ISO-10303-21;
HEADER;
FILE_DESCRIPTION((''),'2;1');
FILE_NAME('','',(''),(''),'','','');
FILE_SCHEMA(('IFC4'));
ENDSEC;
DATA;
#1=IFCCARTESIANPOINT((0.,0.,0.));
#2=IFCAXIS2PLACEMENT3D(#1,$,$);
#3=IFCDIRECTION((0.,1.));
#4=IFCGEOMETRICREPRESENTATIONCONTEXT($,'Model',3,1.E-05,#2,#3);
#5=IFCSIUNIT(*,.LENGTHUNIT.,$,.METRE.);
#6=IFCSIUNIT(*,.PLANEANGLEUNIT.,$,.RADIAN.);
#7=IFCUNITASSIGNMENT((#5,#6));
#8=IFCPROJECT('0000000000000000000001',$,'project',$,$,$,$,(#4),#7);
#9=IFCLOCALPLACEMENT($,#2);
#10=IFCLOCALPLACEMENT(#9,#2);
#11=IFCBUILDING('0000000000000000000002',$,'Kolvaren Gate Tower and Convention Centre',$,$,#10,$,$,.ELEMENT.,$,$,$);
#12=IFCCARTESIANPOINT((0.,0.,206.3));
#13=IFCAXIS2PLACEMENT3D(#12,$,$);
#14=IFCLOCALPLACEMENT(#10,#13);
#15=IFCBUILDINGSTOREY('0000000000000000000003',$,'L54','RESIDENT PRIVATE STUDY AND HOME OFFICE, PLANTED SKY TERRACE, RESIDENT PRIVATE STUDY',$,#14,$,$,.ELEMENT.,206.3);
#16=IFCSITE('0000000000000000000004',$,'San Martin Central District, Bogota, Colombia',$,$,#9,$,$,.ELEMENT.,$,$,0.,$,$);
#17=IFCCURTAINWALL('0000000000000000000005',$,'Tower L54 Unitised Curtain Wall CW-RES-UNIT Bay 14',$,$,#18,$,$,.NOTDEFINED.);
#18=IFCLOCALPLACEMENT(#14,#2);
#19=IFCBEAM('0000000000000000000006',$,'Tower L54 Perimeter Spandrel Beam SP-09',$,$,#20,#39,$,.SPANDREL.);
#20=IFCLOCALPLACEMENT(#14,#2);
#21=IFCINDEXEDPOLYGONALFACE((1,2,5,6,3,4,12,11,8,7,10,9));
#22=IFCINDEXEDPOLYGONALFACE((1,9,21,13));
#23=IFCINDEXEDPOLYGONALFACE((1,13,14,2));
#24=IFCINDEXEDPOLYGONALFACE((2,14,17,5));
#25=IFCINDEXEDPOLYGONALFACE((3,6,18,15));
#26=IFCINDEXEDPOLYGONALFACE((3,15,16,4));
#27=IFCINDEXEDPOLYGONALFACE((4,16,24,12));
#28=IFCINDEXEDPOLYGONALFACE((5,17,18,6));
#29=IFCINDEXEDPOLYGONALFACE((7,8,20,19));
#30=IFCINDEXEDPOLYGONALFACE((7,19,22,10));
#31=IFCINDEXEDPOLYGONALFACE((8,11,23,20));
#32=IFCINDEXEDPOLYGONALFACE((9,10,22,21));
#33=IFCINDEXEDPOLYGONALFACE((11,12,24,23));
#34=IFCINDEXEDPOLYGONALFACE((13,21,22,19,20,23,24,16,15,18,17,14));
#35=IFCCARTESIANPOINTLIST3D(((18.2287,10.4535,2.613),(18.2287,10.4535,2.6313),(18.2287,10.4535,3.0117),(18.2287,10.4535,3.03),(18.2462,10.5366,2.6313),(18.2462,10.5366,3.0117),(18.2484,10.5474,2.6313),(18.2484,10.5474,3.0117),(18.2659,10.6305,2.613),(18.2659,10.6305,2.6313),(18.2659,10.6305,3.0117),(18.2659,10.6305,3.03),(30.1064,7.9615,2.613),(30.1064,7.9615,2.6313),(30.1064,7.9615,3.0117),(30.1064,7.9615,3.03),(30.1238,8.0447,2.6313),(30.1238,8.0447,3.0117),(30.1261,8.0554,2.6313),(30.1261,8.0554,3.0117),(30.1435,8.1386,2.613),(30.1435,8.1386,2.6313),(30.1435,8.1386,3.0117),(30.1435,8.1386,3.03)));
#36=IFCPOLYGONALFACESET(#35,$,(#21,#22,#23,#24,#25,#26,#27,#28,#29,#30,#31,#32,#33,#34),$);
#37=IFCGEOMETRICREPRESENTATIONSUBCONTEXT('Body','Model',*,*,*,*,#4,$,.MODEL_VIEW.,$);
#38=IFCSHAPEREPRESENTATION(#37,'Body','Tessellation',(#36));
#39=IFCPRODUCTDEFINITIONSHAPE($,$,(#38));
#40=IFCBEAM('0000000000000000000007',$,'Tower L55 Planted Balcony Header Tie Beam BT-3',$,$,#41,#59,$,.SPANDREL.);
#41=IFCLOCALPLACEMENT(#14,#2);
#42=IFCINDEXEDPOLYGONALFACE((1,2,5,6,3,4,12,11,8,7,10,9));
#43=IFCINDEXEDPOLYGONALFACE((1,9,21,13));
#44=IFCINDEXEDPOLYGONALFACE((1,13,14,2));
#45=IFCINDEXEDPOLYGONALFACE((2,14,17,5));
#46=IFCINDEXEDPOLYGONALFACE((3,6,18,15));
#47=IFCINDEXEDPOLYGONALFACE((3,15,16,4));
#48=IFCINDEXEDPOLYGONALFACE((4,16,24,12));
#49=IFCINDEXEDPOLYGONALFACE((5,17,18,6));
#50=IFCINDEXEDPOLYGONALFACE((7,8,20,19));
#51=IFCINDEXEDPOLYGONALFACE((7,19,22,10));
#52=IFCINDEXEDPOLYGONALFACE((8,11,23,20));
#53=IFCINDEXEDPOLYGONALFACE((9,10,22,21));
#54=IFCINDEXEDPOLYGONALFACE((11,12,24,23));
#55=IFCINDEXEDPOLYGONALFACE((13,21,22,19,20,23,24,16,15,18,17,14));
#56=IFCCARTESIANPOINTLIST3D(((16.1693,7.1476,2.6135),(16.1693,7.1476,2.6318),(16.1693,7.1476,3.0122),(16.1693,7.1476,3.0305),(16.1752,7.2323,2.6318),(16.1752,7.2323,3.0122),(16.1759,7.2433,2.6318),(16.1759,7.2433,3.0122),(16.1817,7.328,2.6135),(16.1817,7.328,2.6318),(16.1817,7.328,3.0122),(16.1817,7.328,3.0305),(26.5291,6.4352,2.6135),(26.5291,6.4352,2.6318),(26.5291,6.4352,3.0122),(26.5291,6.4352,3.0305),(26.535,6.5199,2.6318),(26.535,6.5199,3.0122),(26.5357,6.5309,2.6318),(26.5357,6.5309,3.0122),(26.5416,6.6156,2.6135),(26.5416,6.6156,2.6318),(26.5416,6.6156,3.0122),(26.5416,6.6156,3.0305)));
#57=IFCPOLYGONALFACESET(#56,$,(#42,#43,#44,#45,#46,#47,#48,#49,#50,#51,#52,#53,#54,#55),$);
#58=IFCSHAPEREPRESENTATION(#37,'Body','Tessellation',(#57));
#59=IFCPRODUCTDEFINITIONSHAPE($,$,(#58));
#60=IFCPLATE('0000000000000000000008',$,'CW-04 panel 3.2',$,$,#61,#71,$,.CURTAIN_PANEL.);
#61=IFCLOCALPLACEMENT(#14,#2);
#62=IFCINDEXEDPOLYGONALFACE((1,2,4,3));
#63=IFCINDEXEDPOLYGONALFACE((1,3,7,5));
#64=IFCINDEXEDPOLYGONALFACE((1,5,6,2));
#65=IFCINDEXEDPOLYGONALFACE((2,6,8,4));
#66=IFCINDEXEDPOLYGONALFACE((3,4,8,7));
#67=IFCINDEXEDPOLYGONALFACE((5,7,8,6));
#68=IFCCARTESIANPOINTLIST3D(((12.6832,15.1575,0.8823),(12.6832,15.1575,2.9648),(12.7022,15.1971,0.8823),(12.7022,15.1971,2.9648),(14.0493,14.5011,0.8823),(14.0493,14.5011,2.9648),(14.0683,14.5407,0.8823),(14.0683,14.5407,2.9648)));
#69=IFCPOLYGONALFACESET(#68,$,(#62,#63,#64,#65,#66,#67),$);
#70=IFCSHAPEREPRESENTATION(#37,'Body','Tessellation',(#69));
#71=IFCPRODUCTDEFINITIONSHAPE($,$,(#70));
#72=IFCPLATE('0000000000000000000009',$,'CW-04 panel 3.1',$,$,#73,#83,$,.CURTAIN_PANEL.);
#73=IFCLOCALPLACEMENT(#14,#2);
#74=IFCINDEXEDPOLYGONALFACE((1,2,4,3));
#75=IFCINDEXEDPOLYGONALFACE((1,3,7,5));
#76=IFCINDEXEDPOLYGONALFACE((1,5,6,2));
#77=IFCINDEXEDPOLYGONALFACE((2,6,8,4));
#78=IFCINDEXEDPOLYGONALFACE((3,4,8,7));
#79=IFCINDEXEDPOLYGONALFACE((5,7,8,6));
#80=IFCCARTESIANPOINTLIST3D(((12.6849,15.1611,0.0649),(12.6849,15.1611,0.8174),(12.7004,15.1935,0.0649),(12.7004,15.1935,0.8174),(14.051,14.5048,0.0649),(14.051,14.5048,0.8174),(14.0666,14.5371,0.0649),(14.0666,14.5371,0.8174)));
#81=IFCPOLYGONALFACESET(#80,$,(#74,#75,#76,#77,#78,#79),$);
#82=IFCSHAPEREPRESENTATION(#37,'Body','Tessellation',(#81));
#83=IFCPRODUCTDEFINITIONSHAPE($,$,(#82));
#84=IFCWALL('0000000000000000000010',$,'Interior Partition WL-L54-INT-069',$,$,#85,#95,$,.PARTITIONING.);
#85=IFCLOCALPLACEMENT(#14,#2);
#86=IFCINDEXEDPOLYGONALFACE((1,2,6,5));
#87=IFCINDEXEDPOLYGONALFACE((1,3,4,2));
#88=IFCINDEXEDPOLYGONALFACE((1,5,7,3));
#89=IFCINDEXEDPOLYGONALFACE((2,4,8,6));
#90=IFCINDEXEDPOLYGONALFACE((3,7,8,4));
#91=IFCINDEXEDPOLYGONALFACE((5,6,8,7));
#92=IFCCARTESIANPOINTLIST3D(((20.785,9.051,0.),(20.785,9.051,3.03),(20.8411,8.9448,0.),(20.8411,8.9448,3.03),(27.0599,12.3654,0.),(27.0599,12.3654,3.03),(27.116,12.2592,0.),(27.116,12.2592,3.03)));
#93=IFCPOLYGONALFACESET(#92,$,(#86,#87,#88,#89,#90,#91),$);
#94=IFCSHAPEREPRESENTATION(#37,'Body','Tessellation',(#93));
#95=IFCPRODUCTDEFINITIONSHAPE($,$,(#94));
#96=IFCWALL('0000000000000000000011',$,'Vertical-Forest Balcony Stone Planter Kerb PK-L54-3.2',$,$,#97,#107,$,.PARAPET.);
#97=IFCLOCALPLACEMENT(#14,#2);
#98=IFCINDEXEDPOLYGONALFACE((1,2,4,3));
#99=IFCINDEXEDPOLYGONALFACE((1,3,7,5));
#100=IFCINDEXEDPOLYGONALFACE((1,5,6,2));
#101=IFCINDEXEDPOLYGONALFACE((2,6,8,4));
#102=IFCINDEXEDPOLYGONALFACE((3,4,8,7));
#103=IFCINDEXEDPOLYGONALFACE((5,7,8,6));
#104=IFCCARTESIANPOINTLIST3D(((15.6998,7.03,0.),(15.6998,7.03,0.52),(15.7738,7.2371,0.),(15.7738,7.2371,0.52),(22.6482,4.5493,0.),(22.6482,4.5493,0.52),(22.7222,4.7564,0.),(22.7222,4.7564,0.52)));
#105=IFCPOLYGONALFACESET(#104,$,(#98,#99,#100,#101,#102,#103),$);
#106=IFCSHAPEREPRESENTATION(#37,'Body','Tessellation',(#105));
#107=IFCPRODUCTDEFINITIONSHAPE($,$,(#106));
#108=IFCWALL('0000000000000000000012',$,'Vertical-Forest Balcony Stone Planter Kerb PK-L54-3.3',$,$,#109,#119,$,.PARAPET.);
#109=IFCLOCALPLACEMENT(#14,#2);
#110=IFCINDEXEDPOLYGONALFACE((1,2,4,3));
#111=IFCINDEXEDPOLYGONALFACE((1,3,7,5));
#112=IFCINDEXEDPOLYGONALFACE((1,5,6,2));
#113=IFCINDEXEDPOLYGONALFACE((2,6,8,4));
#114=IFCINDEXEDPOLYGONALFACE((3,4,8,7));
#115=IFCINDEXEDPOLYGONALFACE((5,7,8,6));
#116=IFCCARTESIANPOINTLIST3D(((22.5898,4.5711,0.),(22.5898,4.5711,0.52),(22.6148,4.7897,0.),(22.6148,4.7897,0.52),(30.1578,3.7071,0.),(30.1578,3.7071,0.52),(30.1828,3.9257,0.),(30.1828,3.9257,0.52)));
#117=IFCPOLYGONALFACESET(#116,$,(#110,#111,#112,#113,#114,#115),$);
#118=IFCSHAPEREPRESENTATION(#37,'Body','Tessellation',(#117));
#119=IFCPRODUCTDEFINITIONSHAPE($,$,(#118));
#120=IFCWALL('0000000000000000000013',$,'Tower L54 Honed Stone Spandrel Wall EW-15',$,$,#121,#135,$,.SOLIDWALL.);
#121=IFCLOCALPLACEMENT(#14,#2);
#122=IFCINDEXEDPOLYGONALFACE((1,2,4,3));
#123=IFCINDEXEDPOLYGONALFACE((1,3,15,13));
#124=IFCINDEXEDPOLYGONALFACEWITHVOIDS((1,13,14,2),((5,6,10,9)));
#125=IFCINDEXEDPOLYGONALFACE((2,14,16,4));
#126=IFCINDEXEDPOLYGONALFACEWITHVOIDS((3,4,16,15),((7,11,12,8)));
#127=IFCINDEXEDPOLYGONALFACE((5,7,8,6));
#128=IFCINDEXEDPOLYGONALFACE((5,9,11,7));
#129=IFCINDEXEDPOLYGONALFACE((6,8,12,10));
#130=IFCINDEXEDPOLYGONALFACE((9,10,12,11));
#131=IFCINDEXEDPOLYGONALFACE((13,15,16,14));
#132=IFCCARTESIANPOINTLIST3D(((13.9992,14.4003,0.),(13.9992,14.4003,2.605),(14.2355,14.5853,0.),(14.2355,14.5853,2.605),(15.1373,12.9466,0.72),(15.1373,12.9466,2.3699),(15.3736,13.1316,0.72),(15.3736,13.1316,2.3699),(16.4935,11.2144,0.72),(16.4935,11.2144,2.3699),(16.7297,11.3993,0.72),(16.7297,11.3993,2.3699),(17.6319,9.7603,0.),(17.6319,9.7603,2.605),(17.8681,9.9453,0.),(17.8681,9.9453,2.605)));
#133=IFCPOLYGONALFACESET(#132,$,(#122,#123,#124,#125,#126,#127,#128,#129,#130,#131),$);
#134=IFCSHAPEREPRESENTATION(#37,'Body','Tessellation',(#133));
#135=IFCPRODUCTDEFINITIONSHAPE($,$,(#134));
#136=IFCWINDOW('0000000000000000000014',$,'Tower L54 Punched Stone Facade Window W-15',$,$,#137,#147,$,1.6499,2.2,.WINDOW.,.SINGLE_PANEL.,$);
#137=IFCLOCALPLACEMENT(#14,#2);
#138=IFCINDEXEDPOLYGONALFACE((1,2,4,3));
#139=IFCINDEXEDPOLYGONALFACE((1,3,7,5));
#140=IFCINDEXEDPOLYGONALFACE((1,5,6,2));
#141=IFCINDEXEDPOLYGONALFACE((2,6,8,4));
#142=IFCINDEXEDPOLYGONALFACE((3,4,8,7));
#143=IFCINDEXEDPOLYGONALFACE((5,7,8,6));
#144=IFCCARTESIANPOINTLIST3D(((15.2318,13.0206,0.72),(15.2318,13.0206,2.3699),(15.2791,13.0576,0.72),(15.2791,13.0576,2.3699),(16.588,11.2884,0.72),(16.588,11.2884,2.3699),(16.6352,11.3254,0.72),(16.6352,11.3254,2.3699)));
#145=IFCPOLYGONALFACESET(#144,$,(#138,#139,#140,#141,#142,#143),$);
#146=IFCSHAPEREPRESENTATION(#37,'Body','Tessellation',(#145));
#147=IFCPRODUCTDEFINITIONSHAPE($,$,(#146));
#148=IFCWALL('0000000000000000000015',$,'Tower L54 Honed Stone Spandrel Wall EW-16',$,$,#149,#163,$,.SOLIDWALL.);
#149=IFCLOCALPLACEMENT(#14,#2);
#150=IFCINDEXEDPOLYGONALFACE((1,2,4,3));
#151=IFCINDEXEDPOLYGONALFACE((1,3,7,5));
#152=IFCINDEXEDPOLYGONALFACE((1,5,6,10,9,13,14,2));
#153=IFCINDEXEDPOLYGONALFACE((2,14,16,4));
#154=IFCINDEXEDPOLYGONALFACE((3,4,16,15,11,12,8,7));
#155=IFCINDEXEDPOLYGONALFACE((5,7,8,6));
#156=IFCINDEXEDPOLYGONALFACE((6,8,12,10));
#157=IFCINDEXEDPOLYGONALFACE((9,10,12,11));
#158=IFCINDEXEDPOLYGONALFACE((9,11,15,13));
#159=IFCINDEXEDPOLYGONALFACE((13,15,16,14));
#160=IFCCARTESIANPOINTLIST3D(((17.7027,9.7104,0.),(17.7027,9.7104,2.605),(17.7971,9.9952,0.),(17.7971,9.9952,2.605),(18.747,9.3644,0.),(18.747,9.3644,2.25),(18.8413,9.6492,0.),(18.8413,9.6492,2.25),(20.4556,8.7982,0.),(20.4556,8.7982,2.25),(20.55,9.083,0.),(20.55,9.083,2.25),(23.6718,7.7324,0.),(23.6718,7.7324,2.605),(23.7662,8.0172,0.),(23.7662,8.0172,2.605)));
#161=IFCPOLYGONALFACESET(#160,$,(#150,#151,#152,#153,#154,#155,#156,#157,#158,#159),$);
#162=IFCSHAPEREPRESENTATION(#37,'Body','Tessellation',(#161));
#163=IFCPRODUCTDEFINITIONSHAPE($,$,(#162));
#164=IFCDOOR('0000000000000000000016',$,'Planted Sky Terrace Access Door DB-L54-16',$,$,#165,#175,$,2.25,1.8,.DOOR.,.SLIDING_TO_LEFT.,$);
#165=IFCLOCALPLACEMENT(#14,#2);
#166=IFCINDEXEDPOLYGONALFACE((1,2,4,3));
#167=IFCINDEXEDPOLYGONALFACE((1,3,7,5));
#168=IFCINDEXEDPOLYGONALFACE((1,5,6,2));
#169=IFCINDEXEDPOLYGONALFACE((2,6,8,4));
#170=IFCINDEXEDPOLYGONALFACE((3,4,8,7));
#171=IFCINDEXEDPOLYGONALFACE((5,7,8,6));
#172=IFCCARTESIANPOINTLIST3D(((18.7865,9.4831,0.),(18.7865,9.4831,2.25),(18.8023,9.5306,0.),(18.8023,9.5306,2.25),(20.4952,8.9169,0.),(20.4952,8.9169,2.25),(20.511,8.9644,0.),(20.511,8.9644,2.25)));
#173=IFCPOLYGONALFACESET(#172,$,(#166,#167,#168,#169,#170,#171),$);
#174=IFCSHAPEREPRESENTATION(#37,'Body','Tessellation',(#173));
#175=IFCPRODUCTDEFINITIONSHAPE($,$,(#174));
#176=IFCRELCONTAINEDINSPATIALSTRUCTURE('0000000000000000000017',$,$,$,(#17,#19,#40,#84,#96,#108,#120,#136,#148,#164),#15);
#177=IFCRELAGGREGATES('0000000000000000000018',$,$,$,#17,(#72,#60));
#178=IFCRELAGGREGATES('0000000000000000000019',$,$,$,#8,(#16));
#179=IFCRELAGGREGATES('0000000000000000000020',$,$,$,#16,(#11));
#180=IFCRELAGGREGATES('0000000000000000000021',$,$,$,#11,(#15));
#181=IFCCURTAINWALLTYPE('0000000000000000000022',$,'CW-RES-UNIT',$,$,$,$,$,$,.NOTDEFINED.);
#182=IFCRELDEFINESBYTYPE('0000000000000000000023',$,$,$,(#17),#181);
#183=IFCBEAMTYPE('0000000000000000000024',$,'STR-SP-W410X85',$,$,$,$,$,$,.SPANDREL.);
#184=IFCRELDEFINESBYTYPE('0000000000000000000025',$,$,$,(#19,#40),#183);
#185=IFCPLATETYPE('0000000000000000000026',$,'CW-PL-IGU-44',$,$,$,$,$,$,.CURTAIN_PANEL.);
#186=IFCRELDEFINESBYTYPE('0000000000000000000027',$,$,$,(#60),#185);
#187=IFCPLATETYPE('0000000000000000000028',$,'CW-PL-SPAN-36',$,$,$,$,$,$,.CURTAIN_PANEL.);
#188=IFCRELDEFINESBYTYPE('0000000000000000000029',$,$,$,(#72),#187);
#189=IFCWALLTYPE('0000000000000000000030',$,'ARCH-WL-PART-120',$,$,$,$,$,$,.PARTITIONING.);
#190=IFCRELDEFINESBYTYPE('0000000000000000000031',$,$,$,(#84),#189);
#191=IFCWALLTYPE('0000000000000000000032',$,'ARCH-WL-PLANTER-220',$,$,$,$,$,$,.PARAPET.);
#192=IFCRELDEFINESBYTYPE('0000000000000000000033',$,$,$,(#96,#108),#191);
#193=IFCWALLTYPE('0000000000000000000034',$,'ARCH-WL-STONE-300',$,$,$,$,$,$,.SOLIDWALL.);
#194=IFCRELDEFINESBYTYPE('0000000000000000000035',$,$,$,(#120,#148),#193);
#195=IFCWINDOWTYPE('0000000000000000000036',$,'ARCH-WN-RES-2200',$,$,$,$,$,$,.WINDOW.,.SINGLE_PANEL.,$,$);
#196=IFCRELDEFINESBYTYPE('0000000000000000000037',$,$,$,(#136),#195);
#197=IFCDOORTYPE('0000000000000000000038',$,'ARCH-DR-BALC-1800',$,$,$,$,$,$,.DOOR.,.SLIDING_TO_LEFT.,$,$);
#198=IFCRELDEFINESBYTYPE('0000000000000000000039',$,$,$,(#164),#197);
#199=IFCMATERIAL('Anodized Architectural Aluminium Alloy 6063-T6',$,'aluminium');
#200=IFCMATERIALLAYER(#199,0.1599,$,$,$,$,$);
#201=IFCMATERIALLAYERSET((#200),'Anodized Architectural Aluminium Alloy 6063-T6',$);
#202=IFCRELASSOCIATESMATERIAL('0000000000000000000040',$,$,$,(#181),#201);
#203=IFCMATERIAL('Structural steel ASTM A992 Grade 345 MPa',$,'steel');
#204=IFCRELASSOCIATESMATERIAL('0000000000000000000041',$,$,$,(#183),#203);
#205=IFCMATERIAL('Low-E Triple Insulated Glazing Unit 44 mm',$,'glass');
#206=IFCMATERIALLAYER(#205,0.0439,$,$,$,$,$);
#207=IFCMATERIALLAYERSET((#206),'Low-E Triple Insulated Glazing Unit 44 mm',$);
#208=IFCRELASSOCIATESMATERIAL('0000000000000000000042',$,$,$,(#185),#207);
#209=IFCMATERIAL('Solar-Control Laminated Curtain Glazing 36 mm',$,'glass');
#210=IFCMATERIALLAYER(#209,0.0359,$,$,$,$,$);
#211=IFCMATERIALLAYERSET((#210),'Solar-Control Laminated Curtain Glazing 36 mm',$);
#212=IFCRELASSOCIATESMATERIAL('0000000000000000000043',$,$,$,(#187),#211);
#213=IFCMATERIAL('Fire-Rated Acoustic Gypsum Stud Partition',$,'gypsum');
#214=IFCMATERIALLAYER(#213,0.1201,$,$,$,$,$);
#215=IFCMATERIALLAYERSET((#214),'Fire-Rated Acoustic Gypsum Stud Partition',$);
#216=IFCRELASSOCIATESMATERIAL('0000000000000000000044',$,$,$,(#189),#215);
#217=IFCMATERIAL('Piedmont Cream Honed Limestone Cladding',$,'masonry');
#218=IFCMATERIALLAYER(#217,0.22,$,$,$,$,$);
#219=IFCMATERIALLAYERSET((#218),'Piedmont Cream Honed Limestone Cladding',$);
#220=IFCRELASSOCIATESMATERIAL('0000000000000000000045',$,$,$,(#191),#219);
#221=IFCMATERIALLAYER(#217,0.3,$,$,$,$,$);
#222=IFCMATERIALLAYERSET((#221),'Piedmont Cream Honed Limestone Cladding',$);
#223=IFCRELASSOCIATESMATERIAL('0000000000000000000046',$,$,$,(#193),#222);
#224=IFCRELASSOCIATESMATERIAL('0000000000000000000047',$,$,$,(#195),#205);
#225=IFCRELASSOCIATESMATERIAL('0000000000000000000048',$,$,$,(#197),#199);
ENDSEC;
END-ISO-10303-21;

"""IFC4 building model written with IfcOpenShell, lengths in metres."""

from ifc_helpers import new_model, si_unit, direction, frame, frame_2d, origin, origin_2d, place, context, subcontext, project, spatial, rectangle, i_section, extrude, material, layer, layer_set, material_profile, profile_set, type_object, element, fill, aggregate, save


model = new_model("IFC4")

# Units and contexts
model_context = context("Model", 3, precision=1e-05, world=origin(), true_north=direction((0.0, 1.0)))
body_context = subcontext(model_context, "Body", "Model", "MODEL_VIEW")
ifc_project = project(units=[si_unit("LENGTHUNIT", "METRE"), si_unit("PLANEANGLEUNIT", "RADIAN")], contexts=[model_context])

# Site, building, storey
site_placement = place(None, origin())
site = spatial("IfcSite", under=ifc_project, at=site_placement, Name="San Martin Central District, Bogota, Colombia", CompositionType="ELEMENT", RefElevation=0.0)
building_placement = place(site_placement, origin())
building = spatial("IfcBuilding", under=site, at=building_placement, Name="Kolvaren Gate Tower and Convention Centre", CompositionType="ELEMENT")
storey_placement = place(building_placement, frame((0.0, 0.0, 206.3)))
storey = spatial("IfcBuildingStorey", under=building, at=storey_placement, Name="L54", Description="RESIDENT PRIVATE STUDY AND HOME OFFICE, PLANTED SKY TERRACE, RESIDENT PRIVATE STUDY", CompositionType="ELEMENT", Elevation=206.3)

# Curtain wall
ifc_material_1 = material(Name="Anodized Architectural Aluminium Alloy 6063-T6", Category="aluminium")
ifc_layer_1 = layer(ifc_material_1, 0.1599)
ifc_layer_set_1 = layer_set([ifc_layer_1], Name="Anodized Architectural Aluminium Alloy 6063-T6")
curtain_wall_type = type_object("IfcCurtainWallType", Name="CW-RES-UNIT", PredefinedType="NOTDEFINED", material=ifc_layer_set_1)
curtain_wall_placement = place(storey_placement, origin())
curtain_wall = element("IfcCurtainWall", 1, at=curtain_wall_placement, inside=storey, type_object=curtain_wall_type, Name="Tower L54 Unitised Curtain Wall CW-RES-UNIT Bay 14", PredefinedType="NOTDEFINED")

# Beams
ifc_material_2 = material(Name="Structural steel ASTM A992 Grade 345 MPa", Category="steel")
ifc_material_profile_1 = material_profile(ifc_material_2, i_section(OverallWidth=0.1809, OverallDepth=0.417, WebThickness=0.011, FlangeThickness=0.0183, at=origin_2d()), Name="W410X85")
ifc_profile_set_1 = profile_set([ifc_material_profile_1], Name="Structural steel ASTM A992 Grade 345 MPa")
beam_type_1 = type_object("IfcBeamType", Name="STR-SP-W410X85", PredefinedType="SPANDREL", material=ifc_profile_set_1)
beam_1_placement = place(storey_placement, frame((18.2473, 10.542, 2.8215), z_axis=(0.978693, -0.20533, 0.0), x_axis=(0.20533, 0.978693, 0.0)))
element("IfcBeam", 2, at=beam_1_placement, inside=storey, type_object=beam_type_1, Name="Tower L54 Perimeter Spandrel Beam SP-09", PredefinedType="SPANDREL", context=body_context, shape_type="SweptSolid", body=[
    extrude(i_section(OverallWidth=0.1809, OverallDepth=0.417, WebThickness=0.011, FlangeThickness=0.0183, at=origin_2d()), origin(), (0.0, 0.0, 1.0), 12.1362),
])
beam_2_placement = place(storey_placement, frame((16.1755, 7.2378, 2.822), z_axis=(0.997644, -0.068604, 0.0), x_axis=(0.068604, 0.997644, 0.0)))
element("IfcBeam", 3, at=beam_2_placement, inside=storey, type_object=beam_type_1, Name="Tower L55 Planted Balcony Header Tie Beam BT-3", PredefinedType="SPANDREL", context=body_context, shape_type="SweptSolid", body=[
    extrude(i_section(OverallWidth=0.1809, OverallDepth=0.417, WebThickness=0.011, FlangeThickness=0.0183, at=origin_2d()), origin(), (0.0, 0.0, 1.0), 10.3843),
])

# Plates
ifc_material_3 = material(Name="Low-E Triple Insulated Glazing Unit 44 mm", Category="glass")
ifc_layer_2 = layer(ifc_material_3, 0.0439)
ifc_layer_set_2 = layer_set([ifc_layer_2], Name="Low-E Triple Insulated Glazing Unit 44 mm")
plate_type_1 = type_object("IfcPlateType", Name="CW-PL-IGU-44", PredefinedType="CURTAIN_PANEL", material=ifc_layer_set_2)
plate_1_placement = place(storey_placement, frame((13.3757, 14.8491, 0.8823), z_axis=(0.0, 0.0, 1.0), x_axis=(0.901362, -0.433066, 0.0)))
plate_1 = element("IfcPlate", 4, at=plate_1_placement, type_object=plate_type_1, Name="CW-04 panel 3.2", PredefinedType="CURTAIN_PANEL", context=body_context, shape_type="SweptSolid", body=[
    extrude(rectangle(XDim=1.5156, YDim=0.0439, at=origin_2d()), origin(), (0.0, 0.0, 1.0), 2.0825),
])
ifc_material_4 = material(Name="Solar-Control Laminated Curtain Glazing 36 mm", Category="glass")
ifc_layer_3 = layer(ifc_material_4, 0.0359)
ifc_layer_set_3 = layer_set([ifc_layer_3], Name="Solar-Control Laminated Curtain Glazing 36 mm")
plate_type_2 = type_object("IfcPlateType", Name="CW-PL-SPAN-36", PredefinedType="CURTAIN_PANEL", material=ifc_layer_set_3)
plate_2_placement = place(storey_placement, frame((13.3757, 14.8491, 0.0649), z_axis=(0.0, 0.0, 1.0), x_axis=(0.901362, -0.433066, 0.0)))
plate_2 = element("IfcPlate", 5, at=plate_2_placement, type_object=plate_type_2, Name="CW-04 panel 3.1", PredefinedType="CURTAIN_PANEL", context=body_context, shape_type="SweptSolid", body=[
    extrude(rectangle(XDim=1.5156, YDim=0.0359, at=origin_2d()), origin(), (0.0, 0.0, 1.0), 0.7524),
])
aggregate(curtain_wall, [plate_2, plate_1])

# Walls
ifc_material_5 = material(Name="Fire-Rated Acoustic Gypsum Stud Partition", Category="gypsum")
ifc_layer_4 = layer(ifc_material_5, 0.1201)
ifc_layer_set_4 = layer_set([ifc_layer_4], Name="Fire-Rated Acoustic Gypsum Stud Partition")
wall_type_1 = type_object("IfcWallType", Name="ARCH-WL-PART-120", PredefinedType="PARTITIONING", material=ifc_layer_set_4)
wall_1_placement = place(storey_placement, frame((20.813, 8.9978, 0.0), z_axis=(0.0, 0.0, 1.0), x_axis=(0.884228, 0.467056, 0.0)))
element("IfcWall", 6, at=wall_1_placement, inside=storey, type_object=wall_type_1, Name="Interior Partition WL-L54-INT-069", PredefinedType="PARTITIONING", context=body_context, shape_type="SweptSolid", body=[
    extrude(rectangle(XDim=7.0964, YDim=0.1201, at=frame_2d((3.5483, 0.0))), origin(), (0.0, 0.0, 1.0), 3.03),
])
ifc_material_6 = material(Name="Piedmont Cream Honed Limestone Cladding", Category="masonry")
ifc_layer_5 = layer(ifc_material_6, 0.22)
ifc_layer_set_5 = layer_set([ifc_layer_5], Name="Piedmont Cream Honed Limestone Cladding")
wall_type_2 = type_object("IfcWallType", Name="ARCH-WL-PLANTER-220", PredefinedType="PARAPET", material=ifc_layer_set_5)
wall_2_placement = place(storey_placement, frame((15.7368, 7.1335, 0.0), z_axis=(0.0, 0.0, 1.0), x_axis=(0.94178, -0.336229, 0.0)))
element("IfcWall", 7, at=wall_2_placement, inside=storey, type_object=wall_type_2, Name="Vertical-Forest Balcony Stone Planter Kerb PK-L54-3.2", PredefinedType="PARAPET", context=body_context, shape_type="SweptSolid", body=[
    extrude(rectangle(XDim=7.3779, YDim=0.22, at=frame_2d((3.689, 0.0))), origin(), (0.0, 0.0, 1.0), 0.52),
])
wall_3_placement = place(storey_placement, frame((22.6023, 4.6804, 0.0), z_axis=(0.0, 0.0, 1.0), x_axis=(0.993546, -0.113428, 0.0)))
element("IfcWall", 8, at=wall_3_placement, inside=storey, type_object=wall_type_2, Name="Vertical-Forest Balcony Stone Planter Kerb PK-L54-3.3", PredefinedType="PARAPET", context=body_context, shape_type="SweptSolid", body=[
    extrude(rectangle(XDim=7.6172, YDim=0.22, at=frame_2d((3.8086, 0.0))), origin(), (0.0, 0.0, 1.0), 0.52),
])

# Wall, opening, window
ifc_layer_6 = layer(ifc_material_6, 0.3)
ifc_layer_set_6 = layer_set([ifc_layer_6], Name="Piedmont Cream Honed Limestone Cladding")
wall_type_3 = type_object("IfcWallType", Name="ARCH-WL-STONE-300", PredefinedType="SOLIDWALL", material=ifc_layer_set_6)
wall_4_placement = place(storey_placement, frame((14.1174, 14.4927, 0.0), z_axis=(0.0, 0.0, 1.0), x_axis=(0.61645, -0.787394, 0.0)))
wall_4 = element("IfcWall", 9, at=wall_4_placement, inside=storey, type_object=wall_type_3, Name="Tower L54 Honed Stone Spandrel Wall EW-15", PredefinedType="SOLIDWALL", context=body_context, shape_type="SweptSolid", body=[
    extrude(rectangle(XDim=5.8928, YDim=0.3, at=frame_2d((2.9463, 0.0))), origin(), (0.0, 0.0, 1.0), 2.605),
])
opening_1_placement = place(wall_4_placement, frame((1.8459, 0.0, 0.72)))
opening_1 = element("IfcOpeningElement", 10, at=opening_1_placement, cuts=wall_4, PredefinedType="OPENING", context=body_context, shape_type="SweptSolid", body=[
    extrude(rectangle(XDim=2.2, YDim=1.6499, at=frame_2d((1.1001, 0.825))), frame((0.0, 0.1599, 0.0), z_axis=(0.0, -1.0, 0.0), x_axis=(1.0, 0.0, 0.0)), (0.0, 0.0, 1.0), 0.3201),
])
window_type = type_object("IfcWindowType", Name="ARCH-WN-RES-2200", PartitioningType="SINGLE_PANEL", PredefinedType="WINDOW", material=ifc_material_3)
window_placement = place(opening_1_placement, origin())
window = element("IfcWindow", 11, at=window_placement, inside=storey, type_object=window_type, Name="Tower L54 Punched Stone Facade Window W-15", OverallHeight=1.6499, OverallWidth=2.2, PartitioningType="SINGLE_PANEL", PredefinedType="WINDOW", context=body_context, shape_type="SweptSolid", body=[
    extrude(rectangle(XDim=2.2, YDim=1.6499, at=frame_2d((1.1001, 0.825))), frame((0.0, 0.03, 0.0), z_axis=(0.0, -1.0, 0.0), x_axis=(1.0, 0.0, 0.0)), (0.0, 0.0, 1.0), 0.0601),
])
fill(opening_1, window)

# Wall, opening, door
wall_5_placement = place(storey_placement, frame((17.75, 9.8528, 0.0), z_axis=(0.0, 0.0, 1.0), x_axis=(0.949241, -0.31455, 0.0)))
wall_5 = element("IfcWall", 12, at=wall_5_placement, inside=storey, type_object=wall_type_3, Name="Tower L54 Honed Stone Spandrel Wall EW-16", PredefinedType="SOLIDWALL", context=body_context, shape_type="SweptSolid", body=[
    extrude(rectangle(XDim=6.2883, YDim=0.3, at=frame_2d((3.144, 0.0))), origin(), (0.0, 0.0, 1.0), 2.605),
])
opening_2_placement = place(wall_5_placement, frame((1.1001, 0.0, 0.0)))
opening_2 = element("IfcOpeningElement", 13, at=opening_2_placement, cuts=wall_5, PredefinedType="OPENING", context=body_context, shape_type="SweptSolid", body=[
    extrude(rectangle(XDim=1.8, YDim=2.25, at=frame_2d((0.8999, 1.125))), frame((0.0, 0.1599, 0.0), z_axis=(0.0, -1.0, 0.0), x_axis=(1.0, 0.0, 0.0)), (0.0, 0.0, 1.0), 0.3201),
])
door_type = type_object("IfcDoorType", Name="ARCH-DR-BALC-1800", OperationType="SLIDING_TO_LEFT", PredefinedType="DOOR", material=ifc_material_1)
door_placement = place(opening_2_placement, frame((1.8, 0.0, 0.0), z_axis=(0.0, 0.0, 1.0), x_axis=(-1.0, 0.0, 0.0)))
door = element("IfcDoor", 14, at=door_placement, inside=storey, type_object=door_type, Name="Planted Sky Terrace Access Door DB-L54-16", OperationType="SLIDING_TO_LEFT", OverallHeight=2.25, OverallWidth=1.8, PredefinedType="DOOR", context=body_context, shape_type="SweptSolid", body=[
    extrude(rectangle(XDim=1.8, YDim=2.25, at=frame_2d((0.8999, 1.125))), frame((0.0, 0.0249, 0.0), z_axis=(0.0, -1.0, 0.0), x_axis=(1.0, 0.0, 0.0)), (0.0, 0.0, 1.0), 0.05),
])
fill(opening_2, door)

save(model, "model.ifc")
